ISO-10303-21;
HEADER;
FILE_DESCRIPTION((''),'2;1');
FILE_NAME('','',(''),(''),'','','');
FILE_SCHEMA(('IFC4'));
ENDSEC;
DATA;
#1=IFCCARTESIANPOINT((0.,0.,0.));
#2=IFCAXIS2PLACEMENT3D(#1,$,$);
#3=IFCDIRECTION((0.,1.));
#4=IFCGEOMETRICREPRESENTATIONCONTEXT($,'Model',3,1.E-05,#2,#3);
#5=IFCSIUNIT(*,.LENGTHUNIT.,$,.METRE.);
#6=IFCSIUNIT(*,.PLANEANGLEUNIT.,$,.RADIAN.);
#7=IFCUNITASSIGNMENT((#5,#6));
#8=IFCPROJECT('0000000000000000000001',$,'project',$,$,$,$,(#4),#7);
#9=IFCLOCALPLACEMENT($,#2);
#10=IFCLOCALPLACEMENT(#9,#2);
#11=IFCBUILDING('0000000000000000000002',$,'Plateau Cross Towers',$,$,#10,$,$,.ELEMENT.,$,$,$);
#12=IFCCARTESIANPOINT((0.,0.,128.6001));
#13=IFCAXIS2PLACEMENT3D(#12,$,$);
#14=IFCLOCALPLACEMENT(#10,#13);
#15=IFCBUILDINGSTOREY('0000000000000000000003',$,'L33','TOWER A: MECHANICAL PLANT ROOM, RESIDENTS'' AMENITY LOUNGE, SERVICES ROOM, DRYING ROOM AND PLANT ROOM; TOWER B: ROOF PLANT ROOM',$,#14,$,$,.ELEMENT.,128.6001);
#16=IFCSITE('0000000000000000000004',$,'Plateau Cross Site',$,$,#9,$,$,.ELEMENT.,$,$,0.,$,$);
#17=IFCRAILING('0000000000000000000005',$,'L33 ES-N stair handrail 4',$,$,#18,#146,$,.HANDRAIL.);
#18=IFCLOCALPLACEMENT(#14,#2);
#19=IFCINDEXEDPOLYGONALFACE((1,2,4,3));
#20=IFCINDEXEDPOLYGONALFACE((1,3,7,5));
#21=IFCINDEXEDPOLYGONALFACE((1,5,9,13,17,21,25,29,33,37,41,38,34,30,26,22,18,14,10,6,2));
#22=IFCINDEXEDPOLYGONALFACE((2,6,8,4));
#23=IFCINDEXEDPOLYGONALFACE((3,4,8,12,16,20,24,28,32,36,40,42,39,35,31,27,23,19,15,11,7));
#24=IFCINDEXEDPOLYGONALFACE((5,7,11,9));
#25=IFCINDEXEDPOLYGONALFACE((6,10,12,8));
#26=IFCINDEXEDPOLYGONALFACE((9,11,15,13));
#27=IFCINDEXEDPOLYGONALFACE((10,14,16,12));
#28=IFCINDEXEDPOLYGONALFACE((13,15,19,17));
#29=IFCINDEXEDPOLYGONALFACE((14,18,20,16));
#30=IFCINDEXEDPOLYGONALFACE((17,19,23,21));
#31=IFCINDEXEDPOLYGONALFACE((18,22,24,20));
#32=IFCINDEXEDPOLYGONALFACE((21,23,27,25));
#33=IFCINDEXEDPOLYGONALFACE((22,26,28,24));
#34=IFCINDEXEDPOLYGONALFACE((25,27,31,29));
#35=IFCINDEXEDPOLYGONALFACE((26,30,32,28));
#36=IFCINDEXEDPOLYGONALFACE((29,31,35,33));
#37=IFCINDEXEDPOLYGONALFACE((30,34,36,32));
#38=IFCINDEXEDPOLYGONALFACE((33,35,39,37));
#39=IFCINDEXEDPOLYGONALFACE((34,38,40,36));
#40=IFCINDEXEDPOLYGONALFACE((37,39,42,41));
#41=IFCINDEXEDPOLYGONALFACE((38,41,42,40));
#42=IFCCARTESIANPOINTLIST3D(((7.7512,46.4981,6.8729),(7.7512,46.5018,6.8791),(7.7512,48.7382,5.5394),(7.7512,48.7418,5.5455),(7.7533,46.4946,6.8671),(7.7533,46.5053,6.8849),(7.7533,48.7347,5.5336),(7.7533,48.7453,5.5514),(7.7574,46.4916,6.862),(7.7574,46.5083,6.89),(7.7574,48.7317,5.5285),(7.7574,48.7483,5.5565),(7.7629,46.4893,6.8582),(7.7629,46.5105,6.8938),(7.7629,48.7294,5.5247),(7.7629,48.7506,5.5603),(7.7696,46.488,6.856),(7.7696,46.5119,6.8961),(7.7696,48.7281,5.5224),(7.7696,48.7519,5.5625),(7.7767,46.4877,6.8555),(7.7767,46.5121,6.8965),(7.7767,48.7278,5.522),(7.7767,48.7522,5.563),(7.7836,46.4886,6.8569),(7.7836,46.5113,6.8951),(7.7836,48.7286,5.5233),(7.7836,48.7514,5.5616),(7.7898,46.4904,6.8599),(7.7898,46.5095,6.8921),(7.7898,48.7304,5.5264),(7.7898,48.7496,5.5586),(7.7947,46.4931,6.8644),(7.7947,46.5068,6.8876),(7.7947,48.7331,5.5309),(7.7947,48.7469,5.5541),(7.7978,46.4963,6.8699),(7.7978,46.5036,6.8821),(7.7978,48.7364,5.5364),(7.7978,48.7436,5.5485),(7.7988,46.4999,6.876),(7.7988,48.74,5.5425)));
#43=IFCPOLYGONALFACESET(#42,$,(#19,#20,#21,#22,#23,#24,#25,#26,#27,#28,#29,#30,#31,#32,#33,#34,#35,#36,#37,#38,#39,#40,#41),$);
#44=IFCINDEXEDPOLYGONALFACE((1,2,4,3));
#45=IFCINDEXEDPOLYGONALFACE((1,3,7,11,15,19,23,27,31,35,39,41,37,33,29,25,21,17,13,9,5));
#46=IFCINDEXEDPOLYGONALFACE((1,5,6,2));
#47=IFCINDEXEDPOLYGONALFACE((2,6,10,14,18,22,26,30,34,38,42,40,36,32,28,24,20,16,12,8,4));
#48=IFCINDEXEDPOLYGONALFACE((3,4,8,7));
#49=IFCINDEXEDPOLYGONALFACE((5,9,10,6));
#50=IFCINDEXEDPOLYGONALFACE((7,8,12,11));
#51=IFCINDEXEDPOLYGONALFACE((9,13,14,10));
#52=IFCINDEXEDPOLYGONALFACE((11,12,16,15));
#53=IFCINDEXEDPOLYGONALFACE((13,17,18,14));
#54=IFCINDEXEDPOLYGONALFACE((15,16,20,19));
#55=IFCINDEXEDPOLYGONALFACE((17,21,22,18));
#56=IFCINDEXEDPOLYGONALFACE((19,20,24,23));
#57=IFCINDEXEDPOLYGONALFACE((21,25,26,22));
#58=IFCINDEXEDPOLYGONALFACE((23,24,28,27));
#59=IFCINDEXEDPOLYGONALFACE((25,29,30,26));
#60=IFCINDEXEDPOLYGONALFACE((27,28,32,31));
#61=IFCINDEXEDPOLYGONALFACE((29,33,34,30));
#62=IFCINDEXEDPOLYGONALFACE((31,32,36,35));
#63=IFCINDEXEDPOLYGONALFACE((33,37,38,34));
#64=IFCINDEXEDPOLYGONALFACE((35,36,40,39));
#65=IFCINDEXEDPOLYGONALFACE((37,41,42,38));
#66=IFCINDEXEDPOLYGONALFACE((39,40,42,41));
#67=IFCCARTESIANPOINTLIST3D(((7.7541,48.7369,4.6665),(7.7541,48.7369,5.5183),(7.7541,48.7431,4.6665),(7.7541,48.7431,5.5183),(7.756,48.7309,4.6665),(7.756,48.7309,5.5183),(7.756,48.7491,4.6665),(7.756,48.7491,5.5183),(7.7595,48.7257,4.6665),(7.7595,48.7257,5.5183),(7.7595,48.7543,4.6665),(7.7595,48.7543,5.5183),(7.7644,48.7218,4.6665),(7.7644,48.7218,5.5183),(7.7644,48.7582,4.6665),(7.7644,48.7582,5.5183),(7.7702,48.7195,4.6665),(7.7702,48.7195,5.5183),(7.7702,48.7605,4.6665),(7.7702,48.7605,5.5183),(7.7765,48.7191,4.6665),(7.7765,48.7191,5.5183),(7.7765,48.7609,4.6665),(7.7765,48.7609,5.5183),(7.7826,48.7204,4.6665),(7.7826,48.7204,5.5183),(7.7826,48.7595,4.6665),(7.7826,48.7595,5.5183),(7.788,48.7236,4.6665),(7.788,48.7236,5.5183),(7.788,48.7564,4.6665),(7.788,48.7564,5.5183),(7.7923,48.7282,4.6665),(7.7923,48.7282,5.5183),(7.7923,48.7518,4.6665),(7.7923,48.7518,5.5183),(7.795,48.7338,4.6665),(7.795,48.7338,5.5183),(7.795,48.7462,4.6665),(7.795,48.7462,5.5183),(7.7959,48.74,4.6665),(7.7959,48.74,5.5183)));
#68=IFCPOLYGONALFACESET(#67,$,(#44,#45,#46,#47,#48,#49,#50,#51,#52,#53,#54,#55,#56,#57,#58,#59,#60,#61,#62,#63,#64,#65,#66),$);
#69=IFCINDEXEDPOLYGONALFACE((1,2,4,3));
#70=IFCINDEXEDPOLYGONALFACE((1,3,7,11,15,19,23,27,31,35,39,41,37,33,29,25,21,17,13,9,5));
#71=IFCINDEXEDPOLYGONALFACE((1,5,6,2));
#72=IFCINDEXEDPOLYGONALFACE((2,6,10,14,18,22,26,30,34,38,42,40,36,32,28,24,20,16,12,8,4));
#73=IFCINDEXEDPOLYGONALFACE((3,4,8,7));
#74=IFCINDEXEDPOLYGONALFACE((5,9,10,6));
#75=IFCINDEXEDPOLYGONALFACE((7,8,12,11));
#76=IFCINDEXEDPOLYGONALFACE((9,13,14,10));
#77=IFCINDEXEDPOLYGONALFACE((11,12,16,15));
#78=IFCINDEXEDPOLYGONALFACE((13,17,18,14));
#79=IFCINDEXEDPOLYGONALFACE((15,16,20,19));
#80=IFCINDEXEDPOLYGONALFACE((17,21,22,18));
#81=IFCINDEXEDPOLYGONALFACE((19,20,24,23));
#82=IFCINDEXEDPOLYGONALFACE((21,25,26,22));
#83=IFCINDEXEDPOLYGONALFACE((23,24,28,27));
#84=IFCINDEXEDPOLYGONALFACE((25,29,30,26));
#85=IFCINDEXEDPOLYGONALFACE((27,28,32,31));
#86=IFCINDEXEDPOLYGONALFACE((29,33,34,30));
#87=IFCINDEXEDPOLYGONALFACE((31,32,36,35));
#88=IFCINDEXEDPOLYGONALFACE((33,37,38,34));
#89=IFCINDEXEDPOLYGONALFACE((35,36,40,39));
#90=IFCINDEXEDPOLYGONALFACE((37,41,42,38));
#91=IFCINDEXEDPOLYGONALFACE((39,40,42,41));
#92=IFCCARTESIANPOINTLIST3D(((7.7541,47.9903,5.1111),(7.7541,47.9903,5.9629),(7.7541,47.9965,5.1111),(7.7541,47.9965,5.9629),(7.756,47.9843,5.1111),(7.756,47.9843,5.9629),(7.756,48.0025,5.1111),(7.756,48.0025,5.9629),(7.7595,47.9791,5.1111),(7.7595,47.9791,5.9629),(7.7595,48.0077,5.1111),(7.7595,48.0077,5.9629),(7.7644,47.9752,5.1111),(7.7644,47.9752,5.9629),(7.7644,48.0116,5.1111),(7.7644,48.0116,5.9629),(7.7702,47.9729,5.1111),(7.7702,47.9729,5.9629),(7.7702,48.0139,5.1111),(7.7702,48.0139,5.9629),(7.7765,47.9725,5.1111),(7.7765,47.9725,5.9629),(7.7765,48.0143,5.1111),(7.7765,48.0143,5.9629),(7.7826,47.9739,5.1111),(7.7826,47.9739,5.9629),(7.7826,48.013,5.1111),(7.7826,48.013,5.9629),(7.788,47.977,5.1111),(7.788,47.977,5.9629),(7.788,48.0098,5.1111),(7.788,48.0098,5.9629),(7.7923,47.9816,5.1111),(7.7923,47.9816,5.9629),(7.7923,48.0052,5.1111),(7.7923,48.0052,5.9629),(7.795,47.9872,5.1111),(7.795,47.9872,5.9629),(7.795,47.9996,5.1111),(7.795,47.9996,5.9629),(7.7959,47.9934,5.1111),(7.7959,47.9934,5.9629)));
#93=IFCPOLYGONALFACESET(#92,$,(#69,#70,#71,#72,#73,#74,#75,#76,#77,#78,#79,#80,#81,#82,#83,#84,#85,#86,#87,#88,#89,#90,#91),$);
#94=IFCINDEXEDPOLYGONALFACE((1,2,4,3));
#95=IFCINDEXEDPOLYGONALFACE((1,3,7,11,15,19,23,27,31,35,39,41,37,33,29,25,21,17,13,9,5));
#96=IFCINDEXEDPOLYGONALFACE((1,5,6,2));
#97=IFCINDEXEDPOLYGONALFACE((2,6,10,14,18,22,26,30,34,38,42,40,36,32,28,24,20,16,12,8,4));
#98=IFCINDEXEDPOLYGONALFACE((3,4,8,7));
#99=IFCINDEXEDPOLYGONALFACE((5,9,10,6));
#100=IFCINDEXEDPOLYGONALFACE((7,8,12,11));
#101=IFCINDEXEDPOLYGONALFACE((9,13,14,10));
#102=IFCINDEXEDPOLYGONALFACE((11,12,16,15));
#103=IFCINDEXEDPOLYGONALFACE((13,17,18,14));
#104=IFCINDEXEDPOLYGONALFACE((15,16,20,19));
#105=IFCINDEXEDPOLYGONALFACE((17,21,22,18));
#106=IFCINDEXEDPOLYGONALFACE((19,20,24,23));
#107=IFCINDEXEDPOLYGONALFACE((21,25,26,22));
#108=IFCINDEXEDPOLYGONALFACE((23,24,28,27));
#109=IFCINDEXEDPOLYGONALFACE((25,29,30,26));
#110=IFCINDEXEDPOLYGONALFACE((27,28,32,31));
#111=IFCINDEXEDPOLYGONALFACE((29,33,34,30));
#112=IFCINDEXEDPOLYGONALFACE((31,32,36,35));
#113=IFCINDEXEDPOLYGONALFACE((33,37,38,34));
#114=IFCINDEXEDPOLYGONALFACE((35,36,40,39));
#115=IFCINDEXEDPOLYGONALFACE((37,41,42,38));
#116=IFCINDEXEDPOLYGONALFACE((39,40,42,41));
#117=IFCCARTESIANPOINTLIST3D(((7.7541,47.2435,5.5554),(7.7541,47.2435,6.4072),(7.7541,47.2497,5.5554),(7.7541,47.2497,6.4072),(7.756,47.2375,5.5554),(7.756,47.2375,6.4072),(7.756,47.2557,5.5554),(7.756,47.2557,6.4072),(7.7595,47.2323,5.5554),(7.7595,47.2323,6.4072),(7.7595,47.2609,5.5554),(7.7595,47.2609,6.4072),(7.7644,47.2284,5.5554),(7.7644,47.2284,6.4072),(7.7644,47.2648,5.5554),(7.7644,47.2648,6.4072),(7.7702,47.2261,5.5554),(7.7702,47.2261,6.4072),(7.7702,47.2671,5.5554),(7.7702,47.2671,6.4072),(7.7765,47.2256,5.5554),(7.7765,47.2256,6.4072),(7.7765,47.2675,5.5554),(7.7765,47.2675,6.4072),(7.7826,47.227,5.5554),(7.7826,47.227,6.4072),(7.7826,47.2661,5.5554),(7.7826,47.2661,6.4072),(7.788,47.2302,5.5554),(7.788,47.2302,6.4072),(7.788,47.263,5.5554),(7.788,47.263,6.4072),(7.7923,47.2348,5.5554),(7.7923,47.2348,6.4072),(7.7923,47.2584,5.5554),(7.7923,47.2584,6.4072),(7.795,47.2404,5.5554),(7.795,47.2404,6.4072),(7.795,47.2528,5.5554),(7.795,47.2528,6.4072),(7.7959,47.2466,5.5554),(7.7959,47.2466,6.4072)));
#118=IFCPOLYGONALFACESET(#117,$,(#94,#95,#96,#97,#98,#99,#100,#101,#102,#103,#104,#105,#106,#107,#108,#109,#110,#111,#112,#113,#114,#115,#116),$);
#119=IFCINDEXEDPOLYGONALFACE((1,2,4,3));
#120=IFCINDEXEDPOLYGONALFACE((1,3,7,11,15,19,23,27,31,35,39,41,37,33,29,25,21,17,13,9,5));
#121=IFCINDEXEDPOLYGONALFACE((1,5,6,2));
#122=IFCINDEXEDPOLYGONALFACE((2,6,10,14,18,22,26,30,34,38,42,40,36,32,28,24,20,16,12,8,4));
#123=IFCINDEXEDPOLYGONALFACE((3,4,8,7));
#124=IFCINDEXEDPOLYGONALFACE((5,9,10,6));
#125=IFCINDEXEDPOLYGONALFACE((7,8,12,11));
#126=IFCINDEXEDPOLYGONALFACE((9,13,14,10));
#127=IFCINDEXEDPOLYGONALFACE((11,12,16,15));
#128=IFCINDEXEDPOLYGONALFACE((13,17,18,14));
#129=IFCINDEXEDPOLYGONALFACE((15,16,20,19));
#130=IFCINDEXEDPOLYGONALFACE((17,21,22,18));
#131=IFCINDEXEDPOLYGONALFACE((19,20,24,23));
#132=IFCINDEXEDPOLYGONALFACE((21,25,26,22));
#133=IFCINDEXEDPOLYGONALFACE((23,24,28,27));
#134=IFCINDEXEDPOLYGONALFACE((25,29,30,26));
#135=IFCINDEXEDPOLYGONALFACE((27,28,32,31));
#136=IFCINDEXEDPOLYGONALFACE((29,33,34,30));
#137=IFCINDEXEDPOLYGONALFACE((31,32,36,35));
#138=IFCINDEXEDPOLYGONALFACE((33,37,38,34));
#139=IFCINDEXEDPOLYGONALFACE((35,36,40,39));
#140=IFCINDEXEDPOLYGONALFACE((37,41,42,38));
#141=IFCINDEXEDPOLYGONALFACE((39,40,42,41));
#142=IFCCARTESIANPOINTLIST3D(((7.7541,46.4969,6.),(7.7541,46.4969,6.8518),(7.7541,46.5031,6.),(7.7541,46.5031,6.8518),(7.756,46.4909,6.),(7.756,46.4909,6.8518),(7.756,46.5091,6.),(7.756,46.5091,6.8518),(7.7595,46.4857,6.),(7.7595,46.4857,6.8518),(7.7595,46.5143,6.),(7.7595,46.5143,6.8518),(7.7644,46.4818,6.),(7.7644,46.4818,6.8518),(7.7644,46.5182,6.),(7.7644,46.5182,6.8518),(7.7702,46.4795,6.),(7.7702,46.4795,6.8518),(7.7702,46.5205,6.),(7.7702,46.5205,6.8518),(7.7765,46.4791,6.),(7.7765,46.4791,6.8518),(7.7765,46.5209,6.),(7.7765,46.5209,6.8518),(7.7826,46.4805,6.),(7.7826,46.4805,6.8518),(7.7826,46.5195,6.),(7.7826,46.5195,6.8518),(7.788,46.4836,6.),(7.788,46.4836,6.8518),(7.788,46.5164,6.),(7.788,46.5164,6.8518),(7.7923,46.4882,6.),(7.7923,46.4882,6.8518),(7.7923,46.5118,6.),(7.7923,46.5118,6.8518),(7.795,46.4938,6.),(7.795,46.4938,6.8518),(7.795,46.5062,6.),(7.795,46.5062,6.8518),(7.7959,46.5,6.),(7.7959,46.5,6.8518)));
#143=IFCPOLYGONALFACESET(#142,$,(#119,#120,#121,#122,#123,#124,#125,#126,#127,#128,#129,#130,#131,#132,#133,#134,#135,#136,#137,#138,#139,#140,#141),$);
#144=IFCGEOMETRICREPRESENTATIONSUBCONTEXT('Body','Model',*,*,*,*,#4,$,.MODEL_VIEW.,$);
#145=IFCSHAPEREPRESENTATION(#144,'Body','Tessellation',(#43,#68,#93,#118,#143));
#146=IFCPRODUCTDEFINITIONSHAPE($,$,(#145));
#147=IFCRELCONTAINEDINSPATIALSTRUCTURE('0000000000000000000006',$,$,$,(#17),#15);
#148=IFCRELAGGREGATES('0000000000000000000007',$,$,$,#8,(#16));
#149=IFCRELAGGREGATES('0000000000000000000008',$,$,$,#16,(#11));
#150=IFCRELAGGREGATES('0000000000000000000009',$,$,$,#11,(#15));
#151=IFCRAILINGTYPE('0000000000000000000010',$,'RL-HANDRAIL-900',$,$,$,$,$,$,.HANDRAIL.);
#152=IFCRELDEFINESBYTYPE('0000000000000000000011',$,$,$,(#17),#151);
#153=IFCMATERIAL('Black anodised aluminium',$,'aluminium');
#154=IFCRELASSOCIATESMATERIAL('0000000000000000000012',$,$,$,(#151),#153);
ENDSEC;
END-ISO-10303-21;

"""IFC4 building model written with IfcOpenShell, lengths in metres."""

from ifc_helpers import new_model, si_unit, direction, frame, origin, origin_2d, place, context, subcontext, project, spatial, circle, extrude, material, type_object, element, save


model = new_model("IFC4")

# Units and contexts
model_context = context("Model", 3, precision=1e-05, world=origin(), true_north=direction((0.0, 1.0)))
body_context = subcontext(model_context, "Body", "Model", "MODEL_VIEW")
ifc_project = project(units=[si_unit("LENGTHUNIT", "METRE"), si_unit("PLANEANGLEUNIT", "RADIAN")], contexts=[model_context])

# Site, building, storey
site_placement = place(None, origin())
site = spatial("IfcSite", under=ifc_project, at=site_placement, Name="Plateau Cross Site", CompositionType="ELEMENT", RefElevation=0.0)
building_placement = place(site_placement, origin())
building = spatial("IfcBuilding", under=site, at=building_placement, Name="Plateau Cross Towers", CompositionType="ELEMENT")
storey_placement = place(building_placement, frame((0.0, 0.0, 128.6001)))
storey = spatial("IfcBuildingStorey", under=building, at=storey_placement, Name="L33", Description="TOWER A: MECHANICAL PLANT ROOM, RESIDENTS' AMENITY LOUNGE, SERVICES ROOM, DRYING ROOM AND PLANT ROOM; TOWER B: ROOF PLANT ROOM", CompositionType="ELEMENT", Elevation=128.6001)

# Shared definitions
ifc_material_1 = material(Name="Black anodised aluminium", Category="aluminium")

# Railing
railing_type_1 = type_object("IfcRailingType", Name="RL-HANDRAIL-900", PredefinedType="HANDRAIL", material=ifc_material_1)
for number, where, name in (
    (1, (7.7749, 48.74, 4.6665), "L33 ES-N stair handrail 4"),
):
    element("IfcRailing", number, at=place(storey_placement, frame(where)), inside=storey, type_object=railing_type_1, Name=name, PredefinedType="HANDRAIL", context=body_context, shape_type="SweptSolid", body=[
        extrude(circle(Radius=0.0239, at=origin_2d()), frame((0.0, 0.0, 0.876), z_axis=(0.0, -0.859264, 0.511532), x_axis=(1.0, 0.0, 0.0)), (0.0, 0.0, 1.0), 2.6069),
        extrude(circle(Radius=0.021, at=origin_2d()), origin(), (0.0, 0.0, 1.0), 0.8518),
        extrude(circle(Radius=0.021, at=origin_2d()), frame((0.0, -0.7466, 0.4446)), (0.0, 0.0, 1.0), 0.8518),
        extrude(circle(Radius=0.021, at=origin_2d()), frame((0.0, -1.4934, 0.8889)), (0.0, 0.0, 1.0), 0.8518),
        extrude(circle(Radius=0.021, at=origin_2d()), frame((0.0, -2.24, 1.3335)), (0.0, 0.0, 1.0), 0.8518),
    ])

save(model, "model.ifc")
